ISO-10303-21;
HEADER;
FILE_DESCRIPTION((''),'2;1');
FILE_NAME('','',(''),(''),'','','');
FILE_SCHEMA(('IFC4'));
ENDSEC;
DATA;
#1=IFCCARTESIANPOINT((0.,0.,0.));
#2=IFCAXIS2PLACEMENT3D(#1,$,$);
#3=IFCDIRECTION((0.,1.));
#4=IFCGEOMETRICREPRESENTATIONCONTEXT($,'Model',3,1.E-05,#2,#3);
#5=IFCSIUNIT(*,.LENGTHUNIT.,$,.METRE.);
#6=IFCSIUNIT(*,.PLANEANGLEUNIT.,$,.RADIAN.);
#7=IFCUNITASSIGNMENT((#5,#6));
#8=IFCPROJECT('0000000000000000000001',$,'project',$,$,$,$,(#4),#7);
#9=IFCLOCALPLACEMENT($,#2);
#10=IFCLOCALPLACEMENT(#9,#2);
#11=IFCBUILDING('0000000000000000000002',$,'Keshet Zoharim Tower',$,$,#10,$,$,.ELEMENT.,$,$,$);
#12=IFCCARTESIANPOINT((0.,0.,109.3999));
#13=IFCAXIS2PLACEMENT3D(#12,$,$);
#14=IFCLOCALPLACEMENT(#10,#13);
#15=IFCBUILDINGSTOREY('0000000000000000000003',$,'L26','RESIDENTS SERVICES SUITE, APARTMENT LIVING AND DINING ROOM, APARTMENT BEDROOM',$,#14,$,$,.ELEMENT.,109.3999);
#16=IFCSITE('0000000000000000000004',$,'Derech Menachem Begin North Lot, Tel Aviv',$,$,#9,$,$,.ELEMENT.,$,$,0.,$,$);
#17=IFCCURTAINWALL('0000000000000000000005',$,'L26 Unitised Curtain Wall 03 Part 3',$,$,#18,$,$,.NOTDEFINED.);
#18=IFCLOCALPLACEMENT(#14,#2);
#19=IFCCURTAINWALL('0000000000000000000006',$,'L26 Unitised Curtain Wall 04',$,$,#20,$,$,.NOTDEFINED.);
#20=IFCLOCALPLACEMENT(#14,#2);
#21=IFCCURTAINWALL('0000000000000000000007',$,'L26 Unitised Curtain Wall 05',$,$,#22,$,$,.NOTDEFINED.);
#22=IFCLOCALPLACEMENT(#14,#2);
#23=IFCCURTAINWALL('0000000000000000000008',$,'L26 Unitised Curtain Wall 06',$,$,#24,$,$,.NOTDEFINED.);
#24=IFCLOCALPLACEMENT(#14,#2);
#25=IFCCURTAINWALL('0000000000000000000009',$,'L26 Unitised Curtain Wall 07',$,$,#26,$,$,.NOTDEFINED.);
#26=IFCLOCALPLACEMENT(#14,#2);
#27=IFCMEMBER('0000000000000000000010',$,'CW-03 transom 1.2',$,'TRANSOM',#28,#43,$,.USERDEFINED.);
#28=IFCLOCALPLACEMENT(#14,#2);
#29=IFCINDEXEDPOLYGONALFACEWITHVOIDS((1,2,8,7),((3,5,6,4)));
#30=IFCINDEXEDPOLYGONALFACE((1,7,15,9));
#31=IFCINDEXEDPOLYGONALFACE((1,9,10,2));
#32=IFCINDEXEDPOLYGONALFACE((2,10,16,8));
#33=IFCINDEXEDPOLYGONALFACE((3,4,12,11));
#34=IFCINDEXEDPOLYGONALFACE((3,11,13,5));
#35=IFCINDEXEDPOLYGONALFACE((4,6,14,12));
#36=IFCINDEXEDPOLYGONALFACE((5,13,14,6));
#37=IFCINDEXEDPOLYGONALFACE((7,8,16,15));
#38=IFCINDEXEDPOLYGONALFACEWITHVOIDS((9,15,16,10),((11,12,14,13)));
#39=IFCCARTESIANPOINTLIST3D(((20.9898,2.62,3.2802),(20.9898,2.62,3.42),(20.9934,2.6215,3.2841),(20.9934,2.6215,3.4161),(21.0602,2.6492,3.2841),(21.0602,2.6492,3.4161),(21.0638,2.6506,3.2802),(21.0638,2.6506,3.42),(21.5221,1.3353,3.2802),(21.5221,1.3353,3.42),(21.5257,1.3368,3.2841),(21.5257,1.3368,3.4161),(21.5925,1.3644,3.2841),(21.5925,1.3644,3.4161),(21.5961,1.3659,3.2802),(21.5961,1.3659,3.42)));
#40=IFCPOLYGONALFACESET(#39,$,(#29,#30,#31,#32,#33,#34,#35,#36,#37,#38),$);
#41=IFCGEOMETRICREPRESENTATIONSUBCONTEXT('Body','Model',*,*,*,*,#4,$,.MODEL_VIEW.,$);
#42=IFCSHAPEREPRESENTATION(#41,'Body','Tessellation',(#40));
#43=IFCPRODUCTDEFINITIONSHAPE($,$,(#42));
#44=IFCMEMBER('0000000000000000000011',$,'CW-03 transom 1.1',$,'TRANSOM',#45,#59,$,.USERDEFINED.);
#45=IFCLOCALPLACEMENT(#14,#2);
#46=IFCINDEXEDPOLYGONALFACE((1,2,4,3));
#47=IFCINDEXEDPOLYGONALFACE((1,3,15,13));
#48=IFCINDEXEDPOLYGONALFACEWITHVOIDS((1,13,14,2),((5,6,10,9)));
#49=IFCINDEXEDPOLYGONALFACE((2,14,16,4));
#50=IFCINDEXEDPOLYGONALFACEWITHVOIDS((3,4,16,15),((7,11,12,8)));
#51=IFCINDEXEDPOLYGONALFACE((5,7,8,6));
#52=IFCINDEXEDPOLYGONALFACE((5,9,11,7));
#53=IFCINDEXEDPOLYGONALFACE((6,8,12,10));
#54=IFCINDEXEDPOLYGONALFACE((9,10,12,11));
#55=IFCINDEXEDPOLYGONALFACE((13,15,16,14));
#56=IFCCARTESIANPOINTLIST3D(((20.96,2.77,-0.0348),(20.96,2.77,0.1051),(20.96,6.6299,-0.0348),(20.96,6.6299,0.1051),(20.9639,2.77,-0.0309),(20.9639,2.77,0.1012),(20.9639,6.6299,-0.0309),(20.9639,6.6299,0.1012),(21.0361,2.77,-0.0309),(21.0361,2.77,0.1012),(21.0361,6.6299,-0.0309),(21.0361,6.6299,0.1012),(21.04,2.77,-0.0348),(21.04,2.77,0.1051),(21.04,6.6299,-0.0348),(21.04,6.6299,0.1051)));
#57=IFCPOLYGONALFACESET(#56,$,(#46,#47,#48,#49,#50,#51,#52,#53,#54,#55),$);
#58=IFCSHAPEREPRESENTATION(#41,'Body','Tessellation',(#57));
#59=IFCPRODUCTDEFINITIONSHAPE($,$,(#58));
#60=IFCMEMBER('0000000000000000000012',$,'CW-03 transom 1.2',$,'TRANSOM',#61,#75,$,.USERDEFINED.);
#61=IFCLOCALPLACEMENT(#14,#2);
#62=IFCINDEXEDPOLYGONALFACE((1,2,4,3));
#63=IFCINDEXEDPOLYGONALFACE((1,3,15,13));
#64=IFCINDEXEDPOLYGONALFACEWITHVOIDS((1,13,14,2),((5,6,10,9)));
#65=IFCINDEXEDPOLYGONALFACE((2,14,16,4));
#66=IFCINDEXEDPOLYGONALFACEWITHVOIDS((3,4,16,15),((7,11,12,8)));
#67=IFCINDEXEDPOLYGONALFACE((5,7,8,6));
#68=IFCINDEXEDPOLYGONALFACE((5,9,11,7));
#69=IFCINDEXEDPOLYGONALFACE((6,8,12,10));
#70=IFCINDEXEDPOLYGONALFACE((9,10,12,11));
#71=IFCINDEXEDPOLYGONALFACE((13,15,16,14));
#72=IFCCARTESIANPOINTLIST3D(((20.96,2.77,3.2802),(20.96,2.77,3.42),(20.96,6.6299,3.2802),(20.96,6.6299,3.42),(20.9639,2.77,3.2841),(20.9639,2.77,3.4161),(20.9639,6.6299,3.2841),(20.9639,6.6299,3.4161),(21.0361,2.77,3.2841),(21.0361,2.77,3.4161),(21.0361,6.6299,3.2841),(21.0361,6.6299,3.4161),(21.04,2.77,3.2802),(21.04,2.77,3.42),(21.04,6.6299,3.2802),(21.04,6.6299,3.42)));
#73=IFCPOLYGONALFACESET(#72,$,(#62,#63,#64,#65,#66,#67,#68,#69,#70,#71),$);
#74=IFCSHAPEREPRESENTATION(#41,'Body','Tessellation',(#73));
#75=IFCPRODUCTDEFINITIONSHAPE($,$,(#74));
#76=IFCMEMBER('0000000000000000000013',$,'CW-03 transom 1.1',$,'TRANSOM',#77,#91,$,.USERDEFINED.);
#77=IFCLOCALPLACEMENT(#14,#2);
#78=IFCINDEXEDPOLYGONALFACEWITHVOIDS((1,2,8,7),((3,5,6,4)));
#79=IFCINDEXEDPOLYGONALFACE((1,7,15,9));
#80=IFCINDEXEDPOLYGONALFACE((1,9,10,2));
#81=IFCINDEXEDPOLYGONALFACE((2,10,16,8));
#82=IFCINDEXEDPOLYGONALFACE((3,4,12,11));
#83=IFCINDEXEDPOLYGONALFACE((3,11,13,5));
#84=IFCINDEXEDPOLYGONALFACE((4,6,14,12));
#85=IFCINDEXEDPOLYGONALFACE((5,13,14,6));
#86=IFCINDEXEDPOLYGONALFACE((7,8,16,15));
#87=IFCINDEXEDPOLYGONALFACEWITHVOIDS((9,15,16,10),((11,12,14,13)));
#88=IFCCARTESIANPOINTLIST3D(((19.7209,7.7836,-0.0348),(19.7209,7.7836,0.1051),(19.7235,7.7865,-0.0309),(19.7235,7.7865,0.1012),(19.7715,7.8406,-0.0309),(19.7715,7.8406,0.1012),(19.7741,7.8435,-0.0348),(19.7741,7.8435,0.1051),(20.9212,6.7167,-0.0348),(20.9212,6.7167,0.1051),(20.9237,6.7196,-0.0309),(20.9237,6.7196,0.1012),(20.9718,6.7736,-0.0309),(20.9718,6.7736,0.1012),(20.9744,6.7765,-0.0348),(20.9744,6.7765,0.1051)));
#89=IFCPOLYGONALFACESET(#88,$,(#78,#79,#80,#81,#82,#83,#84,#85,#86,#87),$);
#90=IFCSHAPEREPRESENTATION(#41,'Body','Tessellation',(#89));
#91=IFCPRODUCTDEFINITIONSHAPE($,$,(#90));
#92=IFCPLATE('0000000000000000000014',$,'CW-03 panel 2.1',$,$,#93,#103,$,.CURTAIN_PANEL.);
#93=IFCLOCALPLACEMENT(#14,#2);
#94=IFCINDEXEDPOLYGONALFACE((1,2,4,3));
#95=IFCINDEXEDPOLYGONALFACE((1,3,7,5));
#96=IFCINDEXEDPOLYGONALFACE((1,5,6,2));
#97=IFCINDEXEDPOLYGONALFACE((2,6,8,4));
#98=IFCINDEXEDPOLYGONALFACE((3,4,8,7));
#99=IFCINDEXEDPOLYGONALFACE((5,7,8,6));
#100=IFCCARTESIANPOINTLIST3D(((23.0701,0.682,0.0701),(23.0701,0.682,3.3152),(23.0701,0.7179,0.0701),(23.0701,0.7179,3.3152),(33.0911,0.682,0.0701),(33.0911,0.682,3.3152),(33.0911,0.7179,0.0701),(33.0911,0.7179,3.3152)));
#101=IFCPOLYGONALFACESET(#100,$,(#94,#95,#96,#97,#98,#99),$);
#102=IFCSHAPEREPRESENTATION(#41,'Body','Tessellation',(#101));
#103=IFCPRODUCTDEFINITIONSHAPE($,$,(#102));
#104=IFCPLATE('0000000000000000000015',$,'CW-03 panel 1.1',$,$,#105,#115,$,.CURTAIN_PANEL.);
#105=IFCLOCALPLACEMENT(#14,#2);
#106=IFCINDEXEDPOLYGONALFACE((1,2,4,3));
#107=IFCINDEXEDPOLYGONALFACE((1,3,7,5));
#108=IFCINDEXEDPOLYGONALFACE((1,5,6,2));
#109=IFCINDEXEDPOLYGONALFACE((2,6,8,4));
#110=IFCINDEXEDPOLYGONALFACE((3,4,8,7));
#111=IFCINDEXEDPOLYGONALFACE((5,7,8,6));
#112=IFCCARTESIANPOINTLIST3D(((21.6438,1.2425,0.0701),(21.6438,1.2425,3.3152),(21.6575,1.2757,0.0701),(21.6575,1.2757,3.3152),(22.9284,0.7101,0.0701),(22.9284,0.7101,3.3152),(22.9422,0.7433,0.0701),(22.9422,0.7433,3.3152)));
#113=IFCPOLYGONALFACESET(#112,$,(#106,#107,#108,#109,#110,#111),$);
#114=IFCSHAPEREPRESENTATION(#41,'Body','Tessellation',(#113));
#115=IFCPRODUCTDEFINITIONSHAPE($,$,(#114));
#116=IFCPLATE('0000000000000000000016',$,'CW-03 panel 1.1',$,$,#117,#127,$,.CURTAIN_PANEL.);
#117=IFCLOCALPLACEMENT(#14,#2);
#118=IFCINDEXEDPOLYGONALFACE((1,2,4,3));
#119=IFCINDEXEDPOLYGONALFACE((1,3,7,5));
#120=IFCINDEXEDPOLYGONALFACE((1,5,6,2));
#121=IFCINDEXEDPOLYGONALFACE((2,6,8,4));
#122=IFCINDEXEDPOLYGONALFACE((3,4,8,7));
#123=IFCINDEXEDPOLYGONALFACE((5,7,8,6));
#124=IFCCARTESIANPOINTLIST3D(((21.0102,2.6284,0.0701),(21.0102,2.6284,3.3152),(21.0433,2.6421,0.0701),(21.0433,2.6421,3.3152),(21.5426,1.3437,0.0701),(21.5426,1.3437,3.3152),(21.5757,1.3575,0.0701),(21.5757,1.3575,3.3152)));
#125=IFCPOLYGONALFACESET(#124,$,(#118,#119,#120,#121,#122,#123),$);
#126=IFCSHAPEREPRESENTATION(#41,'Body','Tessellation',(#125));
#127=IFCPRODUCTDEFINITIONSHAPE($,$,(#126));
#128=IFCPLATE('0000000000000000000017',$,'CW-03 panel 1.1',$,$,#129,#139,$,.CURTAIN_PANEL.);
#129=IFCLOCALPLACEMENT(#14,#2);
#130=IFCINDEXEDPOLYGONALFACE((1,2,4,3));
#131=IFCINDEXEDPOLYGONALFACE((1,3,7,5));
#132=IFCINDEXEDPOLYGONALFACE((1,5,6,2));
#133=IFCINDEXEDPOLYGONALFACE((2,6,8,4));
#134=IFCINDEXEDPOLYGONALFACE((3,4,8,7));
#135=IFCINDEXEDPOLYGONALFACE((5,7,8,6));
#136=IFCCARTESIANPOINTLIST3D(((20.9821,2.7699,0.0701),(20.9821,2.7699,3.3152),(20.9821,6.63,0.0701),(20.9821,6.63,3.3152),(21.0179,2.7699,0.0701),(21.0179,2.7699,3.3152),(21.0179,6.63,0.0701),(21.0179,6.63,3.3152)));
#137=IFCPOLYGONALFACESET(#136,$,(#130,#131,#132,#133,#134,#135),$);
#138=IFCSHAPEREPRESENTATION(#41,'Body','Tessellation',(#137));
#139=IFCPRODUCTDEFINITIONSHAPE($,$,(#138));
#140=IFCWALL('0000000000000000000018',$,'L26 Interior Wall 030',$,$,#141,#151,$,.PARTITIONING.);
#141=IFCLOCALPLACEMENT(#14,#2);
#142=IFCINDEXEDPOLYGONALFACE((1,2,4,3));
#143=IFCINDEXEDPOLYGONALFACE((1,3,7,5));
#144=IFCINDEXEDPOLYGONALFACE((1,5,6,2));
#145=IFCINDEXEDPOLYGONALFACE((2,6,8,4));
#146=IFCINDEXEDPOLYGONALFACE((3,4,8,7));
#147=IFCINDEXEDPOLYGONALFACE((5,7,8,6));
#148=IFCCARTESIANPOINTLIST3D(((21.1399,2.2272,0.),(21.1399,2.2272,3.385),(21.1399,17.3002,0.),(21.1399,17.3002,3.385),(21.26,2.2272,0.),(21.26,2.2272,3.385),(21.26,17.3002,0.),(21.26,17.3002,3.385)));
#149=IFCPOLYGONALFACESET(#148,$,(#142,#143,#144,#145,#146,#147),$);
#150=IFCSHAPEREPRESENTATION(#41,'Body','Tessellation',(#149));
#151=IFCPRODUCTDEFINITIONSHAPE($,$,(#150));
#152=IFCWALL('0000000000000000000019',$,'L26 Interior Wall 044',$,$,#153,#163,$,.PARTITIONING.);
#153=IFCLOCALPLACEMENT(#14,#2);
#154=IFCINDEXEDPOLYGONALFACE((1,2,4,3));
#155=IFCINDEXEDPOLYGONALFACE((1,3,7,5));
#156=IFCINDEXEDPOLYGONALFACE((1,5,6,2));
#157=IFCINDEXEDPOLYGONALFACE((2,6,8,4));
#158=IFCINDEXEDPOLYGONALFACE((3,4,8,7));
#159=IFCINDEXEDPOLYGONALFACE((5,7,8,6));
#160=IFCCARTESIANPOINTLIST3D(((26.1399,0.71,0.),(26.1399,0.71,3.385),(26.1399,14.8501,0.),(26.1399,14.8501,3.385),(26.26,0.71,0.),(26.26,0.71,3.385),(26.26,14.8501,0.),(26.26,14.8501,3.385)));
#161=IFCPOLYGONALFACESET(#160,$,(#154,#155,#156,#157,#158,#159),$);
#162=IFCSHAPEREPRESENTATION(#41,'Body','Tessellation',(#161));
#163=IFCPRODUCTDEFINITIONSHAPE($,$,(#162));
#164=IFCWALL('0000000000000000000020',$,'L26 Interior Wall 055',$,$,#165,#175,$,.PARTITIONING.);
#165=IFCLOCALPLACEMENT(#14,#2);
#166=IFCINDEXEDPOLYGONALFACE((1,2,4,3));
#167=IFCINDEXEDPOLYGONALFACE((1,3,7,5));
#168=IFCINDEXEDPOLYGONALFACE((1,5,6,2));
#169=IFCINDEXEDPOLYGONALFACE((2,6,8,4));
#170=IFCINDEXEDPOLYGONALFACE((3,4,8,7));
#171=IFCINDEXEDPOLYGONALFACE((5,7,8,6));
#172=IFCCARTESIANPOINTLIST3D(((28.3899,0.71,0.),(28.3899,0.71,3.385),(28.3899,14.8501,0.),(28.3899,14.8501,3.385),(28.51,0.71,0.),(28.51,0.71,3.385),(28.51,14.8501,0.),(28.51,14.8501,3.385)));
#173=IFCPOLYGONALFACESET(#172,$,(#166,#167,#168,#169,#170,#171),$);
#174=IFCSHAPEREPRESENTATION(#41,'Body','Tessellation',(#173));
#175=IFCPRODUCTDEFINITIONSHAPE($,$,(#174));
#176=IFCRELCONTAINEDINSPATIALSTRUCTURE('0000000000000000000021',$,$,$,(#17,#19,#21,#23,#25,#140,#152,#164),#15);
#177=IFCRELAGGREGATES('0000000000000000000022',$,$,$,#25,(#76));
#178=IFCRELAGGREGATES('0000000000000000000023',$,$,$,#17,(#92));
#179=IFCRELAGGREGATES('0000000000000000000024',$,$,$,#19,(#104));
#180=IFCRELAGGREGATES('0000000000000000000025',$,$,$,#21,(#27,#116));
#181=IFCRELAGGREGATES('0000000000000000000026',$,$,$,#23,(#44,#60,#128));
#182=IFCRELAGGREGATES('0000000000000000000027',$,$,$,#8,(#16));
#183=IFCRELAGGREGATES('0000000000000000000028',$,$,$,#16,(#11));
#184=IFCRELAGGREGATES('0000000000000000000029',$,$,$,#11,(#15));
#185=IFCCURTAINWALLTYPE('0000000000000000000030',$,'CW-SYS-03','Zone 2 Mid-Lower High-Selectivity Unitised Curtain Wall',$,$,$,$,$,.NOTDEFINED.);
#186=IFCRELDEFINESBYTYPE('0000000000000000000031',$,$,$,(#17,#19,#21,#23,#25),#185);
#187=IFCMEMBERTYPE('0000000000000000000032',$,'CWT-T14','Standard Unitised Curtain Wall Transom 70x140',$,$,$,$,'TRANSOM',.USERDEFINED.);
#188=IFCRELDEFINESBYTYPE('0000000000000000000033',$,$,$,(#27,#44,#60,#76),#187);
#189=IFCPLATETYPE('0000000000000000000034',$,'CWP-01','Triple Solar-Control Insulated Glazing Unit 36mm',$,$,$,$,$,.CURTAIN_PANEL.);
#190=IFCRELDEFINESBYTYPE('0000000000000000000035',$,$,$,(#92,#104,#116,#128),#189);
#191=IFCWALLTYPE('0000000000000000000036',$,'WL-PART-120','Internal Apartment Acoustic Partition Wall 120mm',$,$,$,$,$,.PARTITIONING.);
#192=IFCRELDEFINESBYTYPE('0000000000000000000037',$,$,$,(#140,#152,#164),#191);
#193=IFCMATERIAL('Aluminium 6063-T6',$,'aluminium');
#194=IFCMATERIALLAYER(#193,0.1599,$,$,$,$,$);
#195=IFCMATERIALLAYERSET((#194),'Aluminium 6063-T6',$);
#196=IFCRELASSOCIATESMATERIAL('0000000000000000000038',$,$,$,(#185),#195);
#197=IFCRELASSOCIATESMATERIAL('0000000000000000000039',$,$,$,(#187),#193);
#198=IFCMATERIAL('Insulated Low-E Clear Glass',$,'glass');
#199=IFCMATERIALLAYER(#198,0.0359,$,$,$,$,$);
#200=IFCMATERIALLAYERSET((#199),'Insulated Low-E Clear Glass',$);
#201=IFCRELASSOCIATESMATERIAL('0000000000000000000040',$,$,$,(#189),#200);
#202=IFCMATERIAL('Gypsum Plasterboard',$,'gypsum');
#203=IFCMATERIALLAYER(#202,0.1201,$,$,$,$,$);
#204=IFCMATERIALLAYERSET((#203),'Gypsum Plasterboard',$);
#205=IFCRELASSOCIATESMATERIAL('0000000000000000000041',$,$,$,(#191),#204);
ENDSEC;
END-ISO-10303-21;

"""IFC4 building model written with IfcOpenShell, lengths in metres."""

from ifc_helpers import new_model, si_unit, direction, frame, frame_2d, origin, origin_2d, place, context, subcontext, project, spatial, rectangle, hollow_rectangle, extrude, material, layer, layer_set, material_profile, profile_set, type_object, element, aggregate, save


model = new_model("IFC4")

# Units and contexts
model_context = context("Model", 3, precision=1e-05, world=origin(), true_north=direction((0.0, 1.0)))
body_context = subcontext(model_context, "Body", "Model", "MODEL_VIEW")
ifc_project = project(units=[si_unit("LENGTHUNIT", "METRE"), si_unit("PLANEANGLEUNIT", "RADIAN")], contexts=[model_context])

# Site, building, storey
site_placement = place(None, origin())
site = spatial("IfcSite", under=ifc_project, at=site_placement, Name="Derech Menachem Begin North Lot, Tel Aviv", CompositionType="ELEMENT", RefElevation=0.0)
building_placement = place(site_placement, origin())
building = spatial("IfcBuilding", under=site, at=building_placement, Name="Keshet Zoharim Tower", CompositionType="ELEMENT")
storey_placement = place(building_placement, frame((0.0, 0.0, 109.3999)))
storey = spatial("IfcBuildingStorey", under=building, at=storey_placement, Name="L26", Description="RESIDENTS SERVICES SUITE, APARTMENT LIVING AND DINING ROOM, APARTMENT BEDROOM", CompositionType="ELEMENT", Elevation=109.3999)

# Curtain wall
ifc_material_1 = material(Name="Aluminium 6063-T6", Category="aluminium")
ifc_layer_1 = layer(ifc_material_1, 0.1599)
ifc_layer_set_1 = layer_set([ifc_layer_1], Name="Aluminium 6063-T6")
curtain_wall_type = type_object("IfcCurtainWallType", Name="CW-SYS-03", Description="Zone 2 Mid-Lower High-Selectivity Unitised Curtain Wall", PredefinedType="NOTDEFINED", material=ifc_layer_set_1)
curtain_wall_1_placement = place(storey_placement, origin())
curtain_wall_1 = element("IfcCurtainWall", 1, at=curtain_wall_1_placement, inside=storey, type_object=curtain_wall_type, Name="L26 Unitised Curtain Wall 03 Part 3", PredefinedType="NOTDEFINED")

# Curtain walls
curtain_wall_2_placement = place(storey_placement, origin())
curtain_wall_2 = element("IfcCurtainWall", 2, at=curtain_wall_2_placement, inside=storey, type_object=curtain_wall_type, Name="L26 Unitised Curtain Wall 04", PredefinedType="NOTDEFINED")
curtain_wall_3_placement = place(storey_placement, origin())
curtain_wall_3 = element("IfcCurtainWall", 3, at=curtain_wall_3_placement, inside=storey, type_object=curtain_wall_type, Name="L26 Unitised Curtain Wall 05", PredefinedType="NOTDEFINED")
curtain_wall_4_placement = place(storey_placement, origin())
curtain_wall_4 = element("IfcCurtainWall", 4, at=curtain_wall_4_placement, inside=storey, type_object=curtain_wall_type, Name="L26 Unitised Curtain Wall 06", PredefinedType="NOTDEFINED")

# Curtain wall
curtain_wall_5_placement = place(storey_placement, origin())
curtain_wall_5 = element("IfcCurtainWall", 5, at=curtain_wall_5_placement, inside=storey, type_object=curtain_wall_type, Name="L26 Unitised Curtain Wall 07", PredefinedType="NOTDEFINED")

# Members
ifc_material_profile_1 = material_profile(ifc_material_1, hollow_rectangle(XDim=0.0801, YDim=0.1399, WallThickness=0.0039, at=origin_2d()), Name="TRN-80x140")
ifc_profile_set_1 = profile_set([ifc_material_profile_1], Name="Aluminium 6063-T6")
member_type_1 = type_object("IfcMemberType", Name="CWT-T14", Description="Standard Unitised Curtain Wall Transom 70x140", ElementType="TRANSOM", PredefinedType="USERDEFINED", material=ifc_profile_set_1)
member_1_placement = place(storey_placement, frame((21.5591, 1.3506, 3.3501), z_axis=(-0.382745, 0.923854, 0.0), x_axis=(-0.923854, -0.382745, 0.0)))
member_1 = element("IfcMember", 6, at=member_1_placement, type_object=member_type_1, Name="CW-03 transom 1.2", ObjectType="TRANSOM", PredefinedType="USERDEFINED", context=body_context, shape_type="SweptSolid", body=[
    extrude(hollow_rectangle(XDim=0.0801, YDim=0.1399, WallThickness=0.0039, at=origin_2d()), origin(), (0.0, 0.0, 1.0), 1.3906),
])
member_2_placement = place(storey_placement, frame((21.0, 2.77, 0.0352), z_axis=(0.0, 1.0, 0.0), x_axis=(-1.0, 0.0, 0.0)))
member_2 = element("IfcMember", 7, at=member_2_placement, type_object=member_type_1, Name="CW-03 transom 1.1", ObjectType="TRANSOM", PredefinedType="USERDEFINED", context=body_context, shape_type="SweptSolid", body=[
    extrude(hollow_rectangle(XDim=0.0801, YDim=0.1399, WallThickness=0.0039, at=origin_2d()), origin(), (0.0, 0.0, 1.0), 3.8599),
])
member_3_placement = place(storey_placement, frame((21.0, 2.77, 3.3501), z_axis=(0.0, 1.0, 0.0), x_axis=(-1.0, 0.0, 0.0)))
member_3 = element("IfcMember", 8, at=member_3_placement, type_object=member_type_1, Name="CW-03 transom 1.2", ObjectType="TRANSOM", PredefinedType="USERDEFINED", context=body_context, shape_type="SweptSolid", body=[
    extrude(hollow_rectangle(XDim=0.0801, YDim=0.1399, WallThickness=0.0039, at=origin_2d()), origin(), (0.0, 0.0, 1.0), 3.8599),
])
member_4_placement = place(storey_placement, frame((20.9478, 6.7466, 0.0352), z_axis=(-0.747393, 0.664383, 0.0), x_axis=(-0.664383, -0.747393, 0.0)))
member_4 = element("IfcMember", 9, at=member_4_placement, type_object=member_type_1, Name="CW-03 transom 1.1", ObjectType="TRANSOM", PredefinedType="USERDEFINED", context=body_context, shape_type="SweptSolid", body=[
    extrude(hollow_rectangle(XDim=0.0801, YDim=0.1399, WallThickness=0.0039, at=origin_2d()), origin(), (0.0, 0.0, 1.0), 1.606),
])
aggregate(curtain_wall_5, [member_4])

# Plates
ifc_material_2 = material(Name="Insulated Low-E Clear Glass", Category="glass")
ifc_layer_2 = layer(ifc_material_2, 0.0359)
ifc_layer_set_2 = layer_set([ifc_layer_2], Name="Insulated Low-E Clear Glass")
plate_type = type_object("IfcPlateType", Name="CWP-01", Description="Triple Solar-Control Insulated Glazing Unit 36mm", PredefinedType="CURTAIN_PANEL", material=ifc_layer_set_2)
plate_1_placement = place(storey_placement, frame((28.0806, 0.7, 0.0701), z_axis=(0.0, 0.0, 1.0), x_axis=(-1.0, 0.0, 0.0)))
plate_1 = element("IfcPlate", 10, at=plate_1_placement, type_object=plate_type, Name="CW-03 panel 2.1", PredefinedType="CURTAIN_PANEL", context=body_context, shape_type="SweptSolid", body=[
    extrude(rectangle(XDim=10.021, YDim=0.0359, at=origin_2d()), origin(), (0.0, 0.0, 1.0), 3.2451),
])
aggregate(curtain_wall_1, [plate_1])
plate_2_placement = place(storey_placement, frame((22.293, 0.9929, 0.0701), z_axis=(0.0, 0.0, 1.0), x_axis=(-0.92381, 0.382852, 0.0)))
plate_2 = element("IfcPlate", 11, at=plate_2_placement, type_object=plate_type, Name="CW-03 panel 1.1", PredefinedType="CURTAIN_PANEL", context=body_context, shape_type="SweptSolid", body=[
    extrude(rectangle(XDim=1.3906, YDim=0.0359, at=origin_2d()), origin(), (0.0, 0.0, 1.0), 3.2451),
])
aggregate(curtain_wall_2, [plate_2])
plate_3_placement = place(storey_placement, frame((21.293, 1.9929, 0.0701), z_axis=(0.0, 0.0, 1.0), x_axis=(-0.382852, 0.92381, 0.0)))
plate_3 = element("IfcPlate", 12, at=plate_3_placement, type_object=plate_type, Name="CW-03 panel 1.1", PredefinedType="CURTAIN_PANEL", context=body_context, shape_type="SweptSolid", body=[
    extrude(rectangle(XDim=1.3906, YDim=0.0359, at=origin_2d()), origin(), (0.0, 0.0, 1.0), 3.2451),
])
aggregate(curtain_wall_3, [member_1, plate_3])
plate_4_placement = place(storey_placement, frame((21.0, 4.7, 0.0701), z_axis=(0.0, 0.0, 1.0), x_axis=(0.0, 1.0, 0.0)))
plate_4 = element("IfcPlate", 13, at=plate_4_placement, type_object=plate_type, Name="CW-03 panel 1.1", PredefinedType="CURTAIN_PANEL", context=body_context, shape_type="SweptSolid", body=[
    extrude(rectangle(XDim=3.8601, YDim=0.0359, at=origin_2d()), origin(), (0.0, 0.0, 1.0), 3.2451),
])
aggregate(curtain_wall_4, [member_2, member_3, plate_4])

# Walls
ifc_material_3 = material(Name="Gypsum Plasterboard", Category="gypsum")
ifc_layer_3 = layer(ifc_material_3, 0.1201)
ifc_layer_set_3 = layer_set([ifc_layer_3], Name="Gypsum Plasterboard")
wall_type = type_object("IfcWallType", Name="WL-PART-120", Description="Internal Apartment Acoustic Partition Wall 120mm", PredefinedType="PARTITIONING", material=ifc_layer_set_3)
wall_placement = place(storey_placement, frame((21.2, 2.2271, 0.0), z_axis=(0.0, 0.0, 1.0), x_axis=(0.0, 1.0, 0.0)))
element("IfcWall", 14, at=wall_placement, inside=storey, type_object=wall_type, Name="L26 Interior Wall 030", PredefinedType="PARTITIONING", context=body_context, shape_type="SweptSolid", body=[
    extrude(rectangle(XDim=15.073, YDim=0.1201, at=frame_2d((7.5366, 0.0))), origin(), (0.0, 0.0, 1.0), 3.385),
])
for number, where, z_axis, x_axis, name in (
    (15, (26.2, 0.71, 0.0), (0.0, 0.0, 1.0), (0.0, 1.0, 0.0), "L26 Interior Wall 044"),
    (16, (28.45, 0.71, 0.0), (0.0, 0.0, 1.0), (0.0, 1.0, 0.0), "L26 Interior Wall 055"),
):
    element("IfcWall", number, at=place(storey_placement, frame(where, z_axis=z_axis, x_axis=x_axis)), inside=storey, type_object=wall_type, Name=name, PredefinedType="PARTITIONING", context=body_context, shape_type="SweptSolid", body=[
        extrude(rectangle(XDim=14.1401, YDim=0.1201, at=frame_2d((7.0701, 0.0))), origin(), (0.0, 0.0, 1.0), 3.385),
    ])

save(model, "model.ifc")
